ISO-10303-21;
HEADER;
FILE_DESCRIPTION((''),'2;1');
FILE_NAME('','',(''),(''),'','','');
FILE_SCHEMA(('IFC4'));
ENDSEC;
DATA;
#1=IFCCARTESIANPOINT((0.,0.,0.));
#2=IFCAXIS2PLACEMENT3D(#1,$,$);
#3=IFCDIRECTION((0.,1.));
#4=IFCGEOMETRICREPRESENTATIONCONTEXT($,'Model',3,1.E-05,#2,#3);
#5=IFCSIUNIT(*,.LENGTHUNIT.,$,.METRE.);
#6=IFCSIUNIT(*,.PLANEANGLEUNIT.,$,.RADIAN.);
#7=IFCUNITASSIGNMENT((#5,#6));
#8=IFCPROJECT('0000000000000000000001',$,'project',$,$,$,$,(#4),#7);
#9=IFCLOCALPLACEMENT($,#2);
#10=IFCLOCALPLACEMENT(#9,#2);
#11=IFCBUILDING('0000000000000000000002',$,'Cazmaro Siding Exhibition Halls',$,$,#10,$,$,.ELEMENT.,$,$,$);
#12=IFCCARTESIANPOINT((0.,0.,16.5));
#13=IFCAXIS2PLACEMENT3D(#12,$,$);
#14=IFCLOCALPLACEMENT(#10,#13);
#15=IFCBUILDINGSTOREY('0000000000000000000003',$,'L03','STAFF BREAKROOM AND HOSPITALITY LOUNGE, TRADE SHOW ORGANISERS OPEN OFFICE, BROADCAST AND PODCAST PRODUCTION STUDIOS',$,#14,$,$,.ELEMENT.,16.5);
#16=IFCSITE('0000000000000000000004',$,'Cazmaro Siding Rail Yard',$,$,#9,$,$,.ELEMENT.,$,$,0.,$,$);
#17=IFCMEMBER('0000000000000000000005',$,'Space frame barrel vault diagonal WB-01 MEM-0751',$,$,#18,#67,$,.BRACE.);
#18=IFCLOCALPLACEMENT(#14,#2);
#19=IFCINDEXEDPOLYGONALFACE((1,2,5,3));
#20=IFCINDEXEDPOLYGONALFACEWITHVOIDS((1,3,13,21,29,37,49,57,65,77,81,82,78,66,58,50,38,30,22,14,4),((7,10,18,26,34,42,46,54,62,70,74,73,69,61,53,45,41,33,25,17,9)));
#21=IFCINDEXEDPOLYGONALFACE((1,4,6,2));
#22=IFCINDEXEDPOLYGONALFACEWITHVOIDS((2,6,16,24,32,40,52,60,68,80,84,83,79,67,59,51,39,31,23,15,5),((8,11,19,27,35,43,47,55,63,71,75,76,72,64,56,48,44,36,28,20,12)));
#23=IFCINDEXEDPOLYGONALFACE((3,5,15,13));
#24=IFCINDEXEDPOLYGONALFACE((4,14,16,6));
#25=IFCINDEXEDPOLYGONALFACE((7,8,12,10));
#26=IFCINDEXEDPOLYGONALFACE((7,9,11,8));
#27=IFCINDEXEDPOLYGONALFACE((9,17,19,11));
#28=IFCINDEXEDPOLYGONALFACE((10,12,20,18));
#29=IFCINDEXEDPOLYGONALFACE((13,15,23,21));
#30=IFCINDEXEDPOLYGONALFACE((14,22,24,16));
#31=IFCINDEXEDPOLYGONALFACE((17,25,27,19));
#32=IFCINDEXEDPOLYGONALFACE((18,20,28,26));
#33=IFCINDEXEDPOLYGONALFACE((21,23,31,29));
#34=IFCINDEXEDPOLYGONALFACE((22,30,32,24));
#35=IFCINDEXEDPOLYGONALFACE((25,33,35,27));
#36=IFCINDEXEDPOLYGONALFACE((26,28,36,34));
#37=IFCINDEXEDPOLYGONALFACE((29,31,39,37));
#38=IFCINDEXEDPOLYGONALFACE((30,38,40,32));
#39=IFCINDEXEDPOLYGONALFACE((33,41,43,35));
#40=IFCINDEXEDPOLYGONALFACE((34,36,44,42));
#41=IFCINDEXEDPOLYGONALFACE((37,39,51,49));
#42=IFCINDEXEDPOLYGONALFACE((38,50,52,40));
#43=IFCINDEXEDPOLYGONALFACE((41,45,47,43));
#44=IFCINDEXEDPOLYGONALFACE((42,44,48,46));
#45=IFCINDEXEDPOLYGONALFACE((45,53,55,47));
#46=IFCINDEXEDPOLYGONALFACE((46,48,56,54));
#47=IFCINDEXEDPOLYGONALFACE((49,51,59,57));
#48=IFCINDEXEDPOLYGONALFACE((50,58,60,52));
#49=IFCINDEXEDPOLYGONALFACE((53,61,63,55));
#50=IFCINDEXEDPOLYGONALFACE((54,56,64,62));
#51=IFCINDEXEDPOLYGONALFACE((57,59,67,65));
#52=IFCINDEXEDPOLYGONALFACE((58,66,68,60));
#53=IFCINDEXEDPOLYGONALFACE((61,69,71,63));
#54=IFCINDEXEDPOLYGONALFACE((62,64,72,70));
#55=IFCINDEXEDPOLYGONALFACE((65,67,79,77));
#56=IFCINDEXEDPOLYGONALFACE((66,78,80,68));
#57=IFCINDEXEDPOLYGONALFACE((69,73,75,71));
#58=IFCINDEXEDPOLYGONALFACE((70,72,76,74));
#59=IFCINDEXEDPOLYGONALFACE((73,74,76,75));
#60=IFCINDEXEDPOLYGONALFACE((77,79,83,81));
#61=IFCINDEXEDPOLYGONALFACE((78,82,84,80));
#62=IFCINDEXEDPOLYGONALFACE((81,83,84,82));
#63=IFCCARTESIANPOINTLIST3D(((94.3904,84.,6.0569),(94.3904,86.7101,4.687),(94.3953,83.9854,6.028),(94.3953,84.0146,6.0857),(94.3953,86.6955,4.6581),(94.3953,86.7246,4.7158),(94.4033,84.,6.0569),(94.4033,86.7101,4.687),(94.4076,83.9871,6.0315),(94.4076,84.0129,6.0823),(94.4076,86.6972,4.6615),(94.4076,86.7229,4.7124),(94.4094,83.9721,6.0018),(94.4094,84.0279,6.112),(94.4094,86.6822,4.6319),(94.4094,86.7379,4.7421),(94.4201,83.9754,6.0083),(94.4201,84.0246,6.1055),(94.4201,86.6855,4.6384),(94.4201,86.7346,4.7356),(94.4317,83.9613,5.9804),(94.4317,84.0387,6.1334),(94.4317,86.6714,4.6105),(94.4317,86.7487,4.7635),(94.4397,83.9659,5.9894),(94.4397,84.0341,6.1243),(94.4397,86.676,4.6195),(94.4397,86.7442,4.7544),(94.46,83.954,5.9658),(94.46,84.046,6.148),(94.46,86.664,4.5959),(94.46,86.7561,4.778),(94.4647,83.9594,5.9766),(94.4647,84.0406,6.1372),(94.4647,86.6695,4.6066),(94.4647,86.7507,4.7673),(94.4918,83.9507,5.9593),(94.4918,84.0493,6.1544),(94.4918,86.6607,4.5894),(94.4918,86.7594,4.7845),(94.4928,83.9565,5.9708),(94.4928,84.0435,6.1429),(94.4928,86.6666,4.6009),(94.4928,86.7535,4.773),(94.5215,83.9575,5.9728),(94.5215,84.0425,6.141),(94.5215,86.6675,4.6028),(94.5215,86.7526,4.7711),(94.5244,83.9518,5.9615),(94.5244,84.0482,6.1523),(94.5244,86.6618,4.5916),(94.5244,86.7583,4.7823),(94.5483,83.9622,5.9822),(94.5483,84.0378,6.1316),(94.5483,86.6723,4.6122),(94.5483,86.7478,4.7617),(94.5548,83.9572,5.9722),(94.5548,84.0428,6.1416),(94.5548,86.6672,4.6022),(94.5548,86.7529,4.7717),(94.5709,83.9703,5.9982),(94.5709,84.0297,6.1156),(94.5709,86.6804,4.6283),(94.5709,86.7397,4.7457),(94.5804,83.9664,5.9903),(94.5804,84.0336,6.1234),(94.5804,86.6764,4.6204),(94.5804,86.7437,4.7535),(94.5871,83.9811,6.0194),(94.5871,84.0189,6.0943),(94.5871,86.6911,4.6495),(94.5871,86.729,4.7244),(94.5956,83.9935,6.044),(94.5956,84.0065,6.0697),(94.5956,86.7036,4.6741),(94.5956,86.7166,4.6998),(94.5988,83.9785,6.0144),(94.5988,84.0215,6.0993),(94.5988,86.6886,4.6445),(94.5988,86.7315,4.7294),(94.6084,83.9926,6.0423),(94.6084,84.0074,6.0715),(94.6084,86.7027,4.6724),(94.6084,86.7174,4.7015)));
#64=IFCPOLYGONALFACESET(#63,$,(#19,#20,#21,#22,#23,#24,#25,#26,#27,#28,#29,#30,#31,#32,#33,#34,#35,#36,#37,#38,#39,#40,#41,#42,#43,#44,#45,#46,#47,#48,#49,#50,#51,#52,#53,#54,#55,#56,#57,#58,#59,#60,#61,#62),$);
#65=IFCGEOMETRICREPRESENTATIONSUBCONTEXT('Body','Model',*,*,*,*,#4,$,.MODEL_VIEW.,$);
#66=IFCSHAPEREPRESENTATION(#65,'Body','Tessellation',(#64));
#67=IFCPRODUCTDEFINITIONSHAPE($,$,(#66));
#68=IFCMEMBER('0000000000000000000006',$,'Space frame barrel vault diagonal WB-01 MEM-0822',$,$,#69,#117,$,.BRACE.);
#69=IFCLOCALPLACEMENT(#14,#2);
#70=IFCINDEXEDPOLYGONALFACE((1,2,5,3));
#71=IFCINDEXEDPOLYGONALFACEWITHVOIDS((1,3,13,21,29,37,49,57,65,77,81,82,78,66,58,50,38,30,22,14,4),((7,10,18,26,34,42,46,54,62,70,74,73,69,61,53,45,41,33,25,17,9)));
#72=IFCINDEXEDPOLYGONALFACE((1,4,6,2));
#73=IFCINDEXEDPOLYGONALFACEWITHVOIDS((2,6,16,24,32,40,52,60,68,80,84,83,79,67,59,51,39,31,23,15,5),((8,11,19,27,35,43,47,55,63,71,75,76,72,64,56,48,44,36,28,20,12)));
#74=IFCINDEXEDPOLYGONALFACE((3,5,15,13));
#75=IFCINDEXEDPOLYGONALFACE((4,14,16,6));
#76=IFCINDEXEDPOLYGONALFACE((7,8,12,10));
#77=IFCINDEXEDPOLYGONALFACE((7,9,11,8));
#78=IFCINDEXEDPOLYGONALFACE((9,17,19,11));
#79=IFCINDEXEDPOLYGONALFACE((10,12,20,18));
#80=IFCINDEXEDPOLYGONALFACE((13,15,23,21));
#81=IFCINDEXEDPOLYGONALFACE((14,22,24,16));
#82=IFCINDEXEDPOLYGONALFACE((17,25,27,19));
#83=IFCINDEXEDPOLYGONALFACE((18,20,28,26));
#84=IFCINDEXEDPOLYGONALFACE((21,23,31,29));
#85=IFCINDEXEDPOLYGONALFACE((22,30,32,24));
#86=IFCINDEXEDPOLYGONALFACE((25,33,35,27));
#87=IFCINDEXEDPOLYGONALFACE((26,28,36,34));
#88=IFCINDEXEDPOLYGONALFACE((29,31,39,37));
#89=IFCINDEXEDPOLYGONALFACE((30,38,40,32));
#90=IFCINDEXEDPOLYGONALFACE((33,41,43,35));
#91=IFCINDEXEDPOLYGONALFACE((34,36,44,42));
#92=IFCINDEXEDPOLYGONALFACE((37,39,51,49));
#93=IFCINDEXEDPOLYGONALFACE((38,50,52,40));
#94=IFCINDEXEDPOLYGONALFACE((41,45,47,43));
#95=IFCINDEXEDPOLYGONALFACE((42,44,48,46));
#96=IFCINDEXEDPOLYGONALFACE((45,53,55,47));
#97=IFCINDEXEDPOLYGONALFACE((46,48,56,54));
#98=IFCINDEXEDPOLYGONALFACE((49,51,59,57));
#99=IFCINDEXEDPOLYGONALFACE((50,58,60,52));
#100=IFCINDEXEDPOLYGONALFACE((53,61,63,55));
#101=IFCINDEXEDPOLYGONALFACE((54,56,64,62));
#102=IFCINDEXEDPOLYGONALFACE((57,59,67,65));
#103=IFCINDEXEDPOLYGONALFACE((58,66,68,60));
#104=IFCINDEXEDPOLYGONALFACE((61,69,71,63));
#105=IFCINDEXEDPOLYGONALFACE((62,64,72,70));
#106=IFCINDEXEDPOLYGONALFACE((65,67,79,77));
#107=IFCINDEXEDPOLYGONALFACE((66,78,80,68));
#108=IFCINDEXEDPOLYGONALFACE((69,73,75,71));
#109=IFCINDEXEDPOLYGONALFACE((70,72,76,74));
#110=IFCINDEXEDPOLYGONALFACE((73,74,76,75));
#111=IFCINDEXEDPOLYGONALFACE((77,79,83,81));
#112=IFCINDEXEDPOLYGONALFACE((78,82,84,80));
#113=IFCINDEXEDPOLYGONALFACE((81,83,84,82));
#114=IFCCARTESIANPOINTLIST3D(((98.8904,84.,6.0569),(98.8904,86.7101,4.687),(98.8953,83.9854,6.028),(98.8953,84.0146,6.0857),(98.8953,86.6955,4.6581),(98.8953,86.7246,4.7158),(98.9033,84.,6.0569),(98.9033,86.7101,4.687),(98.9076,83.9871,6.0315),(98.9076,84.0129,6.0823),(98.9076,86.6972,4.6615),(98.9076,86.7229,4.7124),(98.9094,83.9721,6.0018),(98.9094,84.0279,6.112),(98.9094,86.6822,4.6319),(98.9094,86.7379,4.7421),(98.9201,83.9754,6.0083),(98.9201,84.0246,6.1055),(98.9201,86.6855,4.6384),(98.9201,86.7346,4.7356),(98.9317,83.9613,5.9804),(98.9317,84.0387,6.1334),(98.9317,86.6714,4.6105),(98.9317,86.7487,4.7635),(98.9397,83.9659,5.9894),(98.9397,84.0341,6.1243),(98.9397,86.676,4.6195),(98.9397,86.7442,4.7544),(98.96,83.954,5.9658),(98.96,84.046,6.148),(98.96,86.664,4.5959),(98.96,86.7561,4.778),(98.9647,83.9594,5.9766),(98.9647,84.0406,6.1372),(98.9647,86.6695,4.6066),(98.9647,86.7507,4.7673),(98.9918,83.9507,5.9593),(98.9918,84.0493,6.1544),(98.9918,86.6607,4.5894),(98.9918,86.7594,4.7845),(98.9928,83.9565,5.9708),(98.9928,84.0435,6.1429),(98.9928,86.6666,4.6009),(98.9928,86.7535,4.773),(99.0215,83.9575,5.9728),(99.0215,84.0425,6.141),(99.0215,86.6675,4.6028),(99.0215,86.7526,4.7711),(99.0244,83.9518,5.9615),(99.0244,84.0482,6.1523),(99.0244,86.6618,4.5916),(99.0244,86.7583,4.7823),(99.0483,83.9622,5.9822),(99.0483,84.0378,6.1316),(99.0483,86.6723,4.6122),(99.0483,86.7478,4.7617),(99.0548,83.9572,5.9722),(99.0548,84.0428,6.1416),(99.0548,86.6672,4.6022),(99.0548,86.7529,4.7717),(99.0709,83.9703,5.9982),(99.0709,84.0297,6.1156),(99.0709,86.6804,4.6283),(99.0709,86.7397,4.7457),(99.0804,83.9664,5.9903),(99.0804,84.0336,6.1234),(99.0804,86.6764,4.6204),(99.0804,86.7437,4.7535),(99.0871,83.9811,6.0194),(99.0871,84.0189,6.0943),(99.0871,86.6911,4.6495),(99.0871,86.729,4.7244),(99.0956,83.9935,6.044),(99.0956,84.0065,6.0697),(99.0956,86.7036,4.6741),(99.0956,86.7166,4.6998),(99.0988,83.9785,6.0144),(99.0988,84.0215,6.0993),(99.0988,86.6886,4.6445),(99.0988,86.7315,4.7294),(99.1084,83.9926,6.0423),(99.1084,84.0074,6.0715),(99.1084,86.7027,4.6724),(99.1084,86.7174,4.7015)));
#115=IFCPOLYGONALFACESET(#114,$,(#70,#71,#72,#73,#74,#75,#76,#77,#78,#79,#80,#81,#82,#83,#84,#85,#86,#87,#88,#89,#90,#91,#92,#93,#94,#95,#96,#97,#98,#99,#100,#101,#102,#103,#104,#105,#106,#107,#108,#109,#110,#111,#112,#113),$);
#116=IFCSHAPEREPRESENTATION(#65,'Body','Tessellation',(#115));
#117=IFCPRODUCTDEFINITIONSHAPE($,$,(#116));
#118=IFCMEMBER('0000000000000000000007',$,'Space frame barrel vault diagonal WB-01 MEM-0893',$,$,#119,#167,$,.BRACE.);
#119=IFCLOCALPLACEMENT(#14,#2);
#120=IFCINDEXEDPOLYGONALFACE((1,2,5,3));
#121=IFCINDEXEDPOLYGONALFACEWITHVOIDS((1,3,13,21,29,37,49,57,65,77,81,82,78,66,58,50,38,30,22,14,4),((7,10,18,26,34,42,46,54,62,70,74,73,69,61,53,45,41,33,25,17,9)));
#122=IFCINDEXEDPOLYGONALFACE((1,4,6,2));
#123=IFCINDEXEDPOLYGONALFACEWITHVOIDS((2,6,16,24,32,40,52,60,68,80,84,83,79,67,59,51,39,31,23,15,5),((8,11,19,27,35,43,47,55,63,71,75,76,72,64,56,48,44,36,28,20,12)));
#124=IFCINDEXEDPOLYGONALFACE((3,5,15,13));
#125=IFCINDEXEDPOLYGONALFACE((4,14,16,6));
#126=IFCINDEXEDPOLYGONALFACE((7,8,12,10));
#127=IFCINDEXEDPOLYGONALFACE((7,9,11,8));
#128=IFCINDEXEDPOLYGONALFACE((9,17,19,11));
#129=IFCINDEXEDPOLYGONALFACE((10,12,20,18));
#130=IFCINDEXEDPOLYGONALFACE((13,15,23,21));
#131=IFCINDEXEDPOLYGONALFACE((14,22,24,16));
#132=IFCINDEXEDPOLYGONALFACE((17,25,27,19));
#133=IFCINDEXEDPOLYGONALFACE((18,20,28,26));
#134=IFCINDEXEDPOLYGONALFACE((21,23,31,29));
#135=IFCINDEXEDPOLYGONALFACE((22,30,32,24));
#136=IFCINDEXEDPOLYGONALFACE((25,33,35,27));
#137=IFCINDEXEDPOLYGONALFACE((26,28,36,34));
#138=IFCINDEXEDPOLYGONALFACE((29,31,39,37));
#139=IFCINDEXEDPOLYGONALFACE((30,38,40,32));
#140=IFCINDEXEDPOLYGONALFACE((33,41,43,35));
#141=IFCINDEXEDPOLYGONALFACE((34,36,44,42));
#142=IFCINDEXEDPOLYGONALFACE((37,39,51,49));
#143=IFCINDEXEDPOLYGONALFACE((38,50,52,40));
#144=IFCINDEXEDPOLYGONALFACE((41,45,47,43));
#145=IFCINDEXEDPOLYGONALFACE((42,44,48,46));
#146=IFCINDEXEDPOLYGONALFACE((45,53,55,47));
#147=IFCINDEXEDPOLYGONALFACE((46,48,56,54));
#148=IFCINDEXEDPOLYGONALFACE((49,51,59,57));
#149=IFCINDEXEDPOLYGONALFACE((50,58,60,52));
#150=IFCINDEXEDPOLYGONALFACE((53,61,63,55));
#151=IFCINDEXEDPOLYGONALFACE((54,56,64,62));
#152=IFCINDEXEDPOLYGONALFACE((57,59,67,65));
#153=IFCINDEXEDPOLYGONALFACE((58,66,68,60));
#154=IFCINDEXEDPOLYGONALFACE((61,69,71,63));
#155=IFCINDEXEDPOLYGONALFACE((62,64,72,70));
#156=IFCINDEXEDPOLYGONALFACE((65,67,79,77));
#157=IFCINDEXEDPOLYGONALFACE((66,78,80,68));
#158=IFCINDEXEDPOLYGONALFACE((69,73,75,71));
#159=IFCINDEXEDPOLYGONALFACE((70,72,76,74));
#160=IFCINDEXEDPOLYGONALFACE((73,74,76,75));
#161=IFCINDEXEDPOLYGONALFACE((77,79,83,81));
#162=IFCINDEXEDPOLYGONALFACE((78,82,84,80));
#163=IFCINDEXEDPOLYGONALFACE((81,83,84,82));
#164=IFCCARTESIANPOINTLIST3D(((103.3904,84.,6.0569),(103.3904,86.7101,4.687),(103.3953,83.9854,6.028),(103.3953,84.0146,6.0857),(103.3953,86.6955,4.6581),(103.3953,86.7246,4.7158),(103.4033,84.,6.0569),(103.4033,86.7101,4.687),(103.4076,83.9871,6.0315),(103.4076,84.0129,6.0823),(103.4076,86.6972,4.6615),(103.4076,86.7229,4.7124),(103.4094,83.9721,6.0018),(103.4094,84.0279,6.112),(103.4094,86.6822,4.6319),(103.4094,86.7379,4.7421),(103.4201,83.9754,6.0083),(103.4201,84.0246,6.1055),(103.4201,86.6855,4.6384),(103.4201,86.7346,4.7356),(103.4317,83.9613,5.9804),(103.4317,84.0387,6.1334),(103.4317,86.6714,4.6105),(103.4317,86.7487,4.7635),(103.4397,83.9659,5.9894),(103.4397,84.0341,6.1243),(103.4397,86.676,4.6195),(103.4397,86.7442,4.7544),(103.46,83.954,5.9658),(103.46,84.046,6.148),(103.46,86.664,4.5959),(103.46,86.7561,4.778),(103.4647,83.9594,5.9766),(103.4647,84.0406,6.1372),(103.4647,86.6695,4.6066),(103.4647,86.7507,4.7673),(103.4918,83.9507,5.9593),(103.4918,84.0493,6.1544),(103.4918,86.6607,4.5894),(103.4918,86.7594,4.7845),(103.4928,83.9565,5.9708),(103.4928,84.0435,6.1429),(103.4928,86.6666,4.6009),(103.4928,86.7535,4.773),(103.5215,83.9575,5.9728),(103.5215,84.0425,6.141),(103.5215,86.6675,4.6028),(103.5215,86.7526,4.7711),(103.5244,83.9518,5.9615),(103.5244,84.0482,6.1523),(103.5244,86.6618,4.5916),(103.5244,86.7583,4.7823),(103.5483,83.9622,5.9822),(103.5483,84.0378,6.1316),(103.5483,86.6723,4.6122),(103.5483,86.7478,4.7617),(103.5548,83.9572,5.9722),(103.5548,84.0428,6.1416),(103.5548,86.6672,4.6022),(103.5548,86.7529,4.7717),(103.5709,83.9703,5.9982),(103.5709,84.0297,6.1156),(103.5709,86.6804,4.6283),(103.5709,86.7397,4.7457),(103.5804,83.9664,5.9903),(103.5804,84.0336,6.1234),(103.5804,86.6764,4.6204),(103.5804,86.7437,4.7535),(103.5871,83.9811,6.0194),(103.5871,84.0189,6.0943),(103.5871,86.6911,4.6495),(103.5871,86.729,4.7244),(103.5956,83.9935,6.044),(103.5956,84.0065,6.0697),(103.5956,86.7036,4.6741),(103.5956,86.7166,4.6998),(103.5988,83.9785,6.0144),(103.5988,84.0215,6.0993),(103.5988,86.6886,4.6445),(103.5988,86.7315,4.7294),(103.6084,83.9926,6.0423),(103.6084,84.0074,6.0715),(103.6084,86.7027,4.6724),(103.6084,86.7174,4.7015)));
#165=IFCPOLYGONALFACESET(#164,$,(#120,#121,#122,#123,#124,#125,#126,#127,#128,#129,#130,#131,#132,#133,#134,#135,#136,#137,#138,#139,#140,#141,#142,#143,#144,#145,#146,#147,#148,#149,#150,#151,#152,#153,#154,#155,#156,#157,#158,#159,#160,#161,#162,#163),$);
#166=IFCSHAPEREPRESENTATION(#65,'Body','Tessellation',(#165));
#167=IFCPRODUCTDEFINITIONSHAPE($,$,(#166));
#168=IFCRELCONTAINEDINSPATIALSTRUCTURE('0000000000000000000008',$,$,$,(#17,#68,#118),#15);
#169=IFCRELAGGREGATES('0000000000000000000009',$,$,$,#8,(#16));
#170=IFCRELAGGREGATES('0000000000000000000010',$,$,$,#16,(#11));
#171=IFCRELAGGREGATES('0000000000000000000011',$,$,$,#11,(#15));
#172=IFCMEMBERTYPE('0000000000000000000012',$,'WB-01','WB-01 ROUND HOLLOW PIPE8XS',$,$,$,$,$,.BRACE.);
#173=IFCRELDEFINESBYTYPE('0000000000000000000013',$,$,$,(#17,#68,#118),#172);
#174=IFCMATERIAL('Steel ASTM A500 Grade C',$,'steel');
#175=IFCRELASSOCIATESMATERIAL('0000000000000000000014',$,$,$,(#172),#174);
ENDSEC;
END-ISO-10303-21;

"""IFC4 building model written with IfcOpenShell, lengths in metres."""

from ifc_helpers import new_model, si_unit, direction, frame, origin, origin_2d, place, context, subcontext, project, spatial, hollow_circle, extrude, material, material_profile, profile_set, type_object, element, save


model = new_model("IFC4")

# Units and contexts
model_context = context("Model", 3, precision=1e-05, world=origin(), true_north=direction((0.0, 1.0)))
body_context = subcontext(model_context, "Body", "Model", "MODEL_VIEW")
ifc_project = project(units=[si_unit("LENGTHUNIT", "METRE"), si_unit("PLANEANGLEUNIT", "RADIAN")], contexts=[model_context])

# Site, building, storey
site_placement = place(None, origin())
site = spatial("IfcSite", under=ifc_project, at=site_placement, Name="Cazmaro Siding Rail Yard", CompositionType="ELEMENT", RefElevation=0.0)
building_placement = place(site_placement, origin())
building = spatial("IfcBuilding", under=site, at=building_placement, Name="Cazmaro Siding Exhibition Halls", CompositionType="ELEMENT")
storey_placement = place(building_placement, frame((0.0, 0.0, 16.5)))
storey = spatial("IfcBuildingStorey", under=building, at=storey_placement, Name="L03", Description="STAFF BREAKROOM AND HOSPITALITY LOUNGE, TRADE SHOW ORGANISERS OPEN OFFICE, BROADCAST AND PODCAST PRODUCTION STUDIOS", CompositionType="ELEMENT", Elevation=16.5)

# Members
ifc_material_1 = material(Name="Steel ASTM A500 Grade C", Category="steel")
ifc_material_profile_1 = material_profile(ifc_material_1, hollow_circle(Radius=0.1096, WallThickness=0.0129, at=origin_2d()), Name="PIPE8XS")
ifc_profile_set_1 = profile_set([ifc_material_profile_1], Name="Steel ASTM A500 Grade C")
member_type_1 = type_object("IfcMemberType", Name="WB-01", Description="WB-01 ROUND HOLLOW PIPE8XS", PredefinedType="BRACE", material=ifc_profile_set_1)
for number, where, z_axis, x_axis, name in (
    (1, (94.5, 84.0, 6.0569), (0.0, 0.892457, -0.451133), (-1.0, 0.0, 0.0), "Space frame barrel vault diagonal WB-01 MEM-0751"),
    (2, (99.0, 84.0, 6.0569), (0.0, 0.892457, -0.451133), (-1.0, 0.0, 0.0), "Space frame barrel vault diagonal WB-01 MEM-0822"),
    (3, (103.5, 84.0, 6.0569), (0.0, 0.892457, -0.451133), (-1.0, 0.0, 0.0), "Space frame barrel vault diagonal WB-01 MEM-0893"),
):
    element("IfcMember", number, at=place(storey_placement, frame(where, z_axis=z_axis, x_axis=x_axis)), inside=storey, type_object=member_type_1, Name=name, PredefinedType="BRACE", context=body_context, shape_type="SweptSolid", body=[
        extrude(hollow_circle(Radius=0.1096, WallThickness=0.0129, at=origin_2d()), origin(), (0.0, 0.0, 1.0), 3.0366),
    ])

save(model, "model.ifc")
